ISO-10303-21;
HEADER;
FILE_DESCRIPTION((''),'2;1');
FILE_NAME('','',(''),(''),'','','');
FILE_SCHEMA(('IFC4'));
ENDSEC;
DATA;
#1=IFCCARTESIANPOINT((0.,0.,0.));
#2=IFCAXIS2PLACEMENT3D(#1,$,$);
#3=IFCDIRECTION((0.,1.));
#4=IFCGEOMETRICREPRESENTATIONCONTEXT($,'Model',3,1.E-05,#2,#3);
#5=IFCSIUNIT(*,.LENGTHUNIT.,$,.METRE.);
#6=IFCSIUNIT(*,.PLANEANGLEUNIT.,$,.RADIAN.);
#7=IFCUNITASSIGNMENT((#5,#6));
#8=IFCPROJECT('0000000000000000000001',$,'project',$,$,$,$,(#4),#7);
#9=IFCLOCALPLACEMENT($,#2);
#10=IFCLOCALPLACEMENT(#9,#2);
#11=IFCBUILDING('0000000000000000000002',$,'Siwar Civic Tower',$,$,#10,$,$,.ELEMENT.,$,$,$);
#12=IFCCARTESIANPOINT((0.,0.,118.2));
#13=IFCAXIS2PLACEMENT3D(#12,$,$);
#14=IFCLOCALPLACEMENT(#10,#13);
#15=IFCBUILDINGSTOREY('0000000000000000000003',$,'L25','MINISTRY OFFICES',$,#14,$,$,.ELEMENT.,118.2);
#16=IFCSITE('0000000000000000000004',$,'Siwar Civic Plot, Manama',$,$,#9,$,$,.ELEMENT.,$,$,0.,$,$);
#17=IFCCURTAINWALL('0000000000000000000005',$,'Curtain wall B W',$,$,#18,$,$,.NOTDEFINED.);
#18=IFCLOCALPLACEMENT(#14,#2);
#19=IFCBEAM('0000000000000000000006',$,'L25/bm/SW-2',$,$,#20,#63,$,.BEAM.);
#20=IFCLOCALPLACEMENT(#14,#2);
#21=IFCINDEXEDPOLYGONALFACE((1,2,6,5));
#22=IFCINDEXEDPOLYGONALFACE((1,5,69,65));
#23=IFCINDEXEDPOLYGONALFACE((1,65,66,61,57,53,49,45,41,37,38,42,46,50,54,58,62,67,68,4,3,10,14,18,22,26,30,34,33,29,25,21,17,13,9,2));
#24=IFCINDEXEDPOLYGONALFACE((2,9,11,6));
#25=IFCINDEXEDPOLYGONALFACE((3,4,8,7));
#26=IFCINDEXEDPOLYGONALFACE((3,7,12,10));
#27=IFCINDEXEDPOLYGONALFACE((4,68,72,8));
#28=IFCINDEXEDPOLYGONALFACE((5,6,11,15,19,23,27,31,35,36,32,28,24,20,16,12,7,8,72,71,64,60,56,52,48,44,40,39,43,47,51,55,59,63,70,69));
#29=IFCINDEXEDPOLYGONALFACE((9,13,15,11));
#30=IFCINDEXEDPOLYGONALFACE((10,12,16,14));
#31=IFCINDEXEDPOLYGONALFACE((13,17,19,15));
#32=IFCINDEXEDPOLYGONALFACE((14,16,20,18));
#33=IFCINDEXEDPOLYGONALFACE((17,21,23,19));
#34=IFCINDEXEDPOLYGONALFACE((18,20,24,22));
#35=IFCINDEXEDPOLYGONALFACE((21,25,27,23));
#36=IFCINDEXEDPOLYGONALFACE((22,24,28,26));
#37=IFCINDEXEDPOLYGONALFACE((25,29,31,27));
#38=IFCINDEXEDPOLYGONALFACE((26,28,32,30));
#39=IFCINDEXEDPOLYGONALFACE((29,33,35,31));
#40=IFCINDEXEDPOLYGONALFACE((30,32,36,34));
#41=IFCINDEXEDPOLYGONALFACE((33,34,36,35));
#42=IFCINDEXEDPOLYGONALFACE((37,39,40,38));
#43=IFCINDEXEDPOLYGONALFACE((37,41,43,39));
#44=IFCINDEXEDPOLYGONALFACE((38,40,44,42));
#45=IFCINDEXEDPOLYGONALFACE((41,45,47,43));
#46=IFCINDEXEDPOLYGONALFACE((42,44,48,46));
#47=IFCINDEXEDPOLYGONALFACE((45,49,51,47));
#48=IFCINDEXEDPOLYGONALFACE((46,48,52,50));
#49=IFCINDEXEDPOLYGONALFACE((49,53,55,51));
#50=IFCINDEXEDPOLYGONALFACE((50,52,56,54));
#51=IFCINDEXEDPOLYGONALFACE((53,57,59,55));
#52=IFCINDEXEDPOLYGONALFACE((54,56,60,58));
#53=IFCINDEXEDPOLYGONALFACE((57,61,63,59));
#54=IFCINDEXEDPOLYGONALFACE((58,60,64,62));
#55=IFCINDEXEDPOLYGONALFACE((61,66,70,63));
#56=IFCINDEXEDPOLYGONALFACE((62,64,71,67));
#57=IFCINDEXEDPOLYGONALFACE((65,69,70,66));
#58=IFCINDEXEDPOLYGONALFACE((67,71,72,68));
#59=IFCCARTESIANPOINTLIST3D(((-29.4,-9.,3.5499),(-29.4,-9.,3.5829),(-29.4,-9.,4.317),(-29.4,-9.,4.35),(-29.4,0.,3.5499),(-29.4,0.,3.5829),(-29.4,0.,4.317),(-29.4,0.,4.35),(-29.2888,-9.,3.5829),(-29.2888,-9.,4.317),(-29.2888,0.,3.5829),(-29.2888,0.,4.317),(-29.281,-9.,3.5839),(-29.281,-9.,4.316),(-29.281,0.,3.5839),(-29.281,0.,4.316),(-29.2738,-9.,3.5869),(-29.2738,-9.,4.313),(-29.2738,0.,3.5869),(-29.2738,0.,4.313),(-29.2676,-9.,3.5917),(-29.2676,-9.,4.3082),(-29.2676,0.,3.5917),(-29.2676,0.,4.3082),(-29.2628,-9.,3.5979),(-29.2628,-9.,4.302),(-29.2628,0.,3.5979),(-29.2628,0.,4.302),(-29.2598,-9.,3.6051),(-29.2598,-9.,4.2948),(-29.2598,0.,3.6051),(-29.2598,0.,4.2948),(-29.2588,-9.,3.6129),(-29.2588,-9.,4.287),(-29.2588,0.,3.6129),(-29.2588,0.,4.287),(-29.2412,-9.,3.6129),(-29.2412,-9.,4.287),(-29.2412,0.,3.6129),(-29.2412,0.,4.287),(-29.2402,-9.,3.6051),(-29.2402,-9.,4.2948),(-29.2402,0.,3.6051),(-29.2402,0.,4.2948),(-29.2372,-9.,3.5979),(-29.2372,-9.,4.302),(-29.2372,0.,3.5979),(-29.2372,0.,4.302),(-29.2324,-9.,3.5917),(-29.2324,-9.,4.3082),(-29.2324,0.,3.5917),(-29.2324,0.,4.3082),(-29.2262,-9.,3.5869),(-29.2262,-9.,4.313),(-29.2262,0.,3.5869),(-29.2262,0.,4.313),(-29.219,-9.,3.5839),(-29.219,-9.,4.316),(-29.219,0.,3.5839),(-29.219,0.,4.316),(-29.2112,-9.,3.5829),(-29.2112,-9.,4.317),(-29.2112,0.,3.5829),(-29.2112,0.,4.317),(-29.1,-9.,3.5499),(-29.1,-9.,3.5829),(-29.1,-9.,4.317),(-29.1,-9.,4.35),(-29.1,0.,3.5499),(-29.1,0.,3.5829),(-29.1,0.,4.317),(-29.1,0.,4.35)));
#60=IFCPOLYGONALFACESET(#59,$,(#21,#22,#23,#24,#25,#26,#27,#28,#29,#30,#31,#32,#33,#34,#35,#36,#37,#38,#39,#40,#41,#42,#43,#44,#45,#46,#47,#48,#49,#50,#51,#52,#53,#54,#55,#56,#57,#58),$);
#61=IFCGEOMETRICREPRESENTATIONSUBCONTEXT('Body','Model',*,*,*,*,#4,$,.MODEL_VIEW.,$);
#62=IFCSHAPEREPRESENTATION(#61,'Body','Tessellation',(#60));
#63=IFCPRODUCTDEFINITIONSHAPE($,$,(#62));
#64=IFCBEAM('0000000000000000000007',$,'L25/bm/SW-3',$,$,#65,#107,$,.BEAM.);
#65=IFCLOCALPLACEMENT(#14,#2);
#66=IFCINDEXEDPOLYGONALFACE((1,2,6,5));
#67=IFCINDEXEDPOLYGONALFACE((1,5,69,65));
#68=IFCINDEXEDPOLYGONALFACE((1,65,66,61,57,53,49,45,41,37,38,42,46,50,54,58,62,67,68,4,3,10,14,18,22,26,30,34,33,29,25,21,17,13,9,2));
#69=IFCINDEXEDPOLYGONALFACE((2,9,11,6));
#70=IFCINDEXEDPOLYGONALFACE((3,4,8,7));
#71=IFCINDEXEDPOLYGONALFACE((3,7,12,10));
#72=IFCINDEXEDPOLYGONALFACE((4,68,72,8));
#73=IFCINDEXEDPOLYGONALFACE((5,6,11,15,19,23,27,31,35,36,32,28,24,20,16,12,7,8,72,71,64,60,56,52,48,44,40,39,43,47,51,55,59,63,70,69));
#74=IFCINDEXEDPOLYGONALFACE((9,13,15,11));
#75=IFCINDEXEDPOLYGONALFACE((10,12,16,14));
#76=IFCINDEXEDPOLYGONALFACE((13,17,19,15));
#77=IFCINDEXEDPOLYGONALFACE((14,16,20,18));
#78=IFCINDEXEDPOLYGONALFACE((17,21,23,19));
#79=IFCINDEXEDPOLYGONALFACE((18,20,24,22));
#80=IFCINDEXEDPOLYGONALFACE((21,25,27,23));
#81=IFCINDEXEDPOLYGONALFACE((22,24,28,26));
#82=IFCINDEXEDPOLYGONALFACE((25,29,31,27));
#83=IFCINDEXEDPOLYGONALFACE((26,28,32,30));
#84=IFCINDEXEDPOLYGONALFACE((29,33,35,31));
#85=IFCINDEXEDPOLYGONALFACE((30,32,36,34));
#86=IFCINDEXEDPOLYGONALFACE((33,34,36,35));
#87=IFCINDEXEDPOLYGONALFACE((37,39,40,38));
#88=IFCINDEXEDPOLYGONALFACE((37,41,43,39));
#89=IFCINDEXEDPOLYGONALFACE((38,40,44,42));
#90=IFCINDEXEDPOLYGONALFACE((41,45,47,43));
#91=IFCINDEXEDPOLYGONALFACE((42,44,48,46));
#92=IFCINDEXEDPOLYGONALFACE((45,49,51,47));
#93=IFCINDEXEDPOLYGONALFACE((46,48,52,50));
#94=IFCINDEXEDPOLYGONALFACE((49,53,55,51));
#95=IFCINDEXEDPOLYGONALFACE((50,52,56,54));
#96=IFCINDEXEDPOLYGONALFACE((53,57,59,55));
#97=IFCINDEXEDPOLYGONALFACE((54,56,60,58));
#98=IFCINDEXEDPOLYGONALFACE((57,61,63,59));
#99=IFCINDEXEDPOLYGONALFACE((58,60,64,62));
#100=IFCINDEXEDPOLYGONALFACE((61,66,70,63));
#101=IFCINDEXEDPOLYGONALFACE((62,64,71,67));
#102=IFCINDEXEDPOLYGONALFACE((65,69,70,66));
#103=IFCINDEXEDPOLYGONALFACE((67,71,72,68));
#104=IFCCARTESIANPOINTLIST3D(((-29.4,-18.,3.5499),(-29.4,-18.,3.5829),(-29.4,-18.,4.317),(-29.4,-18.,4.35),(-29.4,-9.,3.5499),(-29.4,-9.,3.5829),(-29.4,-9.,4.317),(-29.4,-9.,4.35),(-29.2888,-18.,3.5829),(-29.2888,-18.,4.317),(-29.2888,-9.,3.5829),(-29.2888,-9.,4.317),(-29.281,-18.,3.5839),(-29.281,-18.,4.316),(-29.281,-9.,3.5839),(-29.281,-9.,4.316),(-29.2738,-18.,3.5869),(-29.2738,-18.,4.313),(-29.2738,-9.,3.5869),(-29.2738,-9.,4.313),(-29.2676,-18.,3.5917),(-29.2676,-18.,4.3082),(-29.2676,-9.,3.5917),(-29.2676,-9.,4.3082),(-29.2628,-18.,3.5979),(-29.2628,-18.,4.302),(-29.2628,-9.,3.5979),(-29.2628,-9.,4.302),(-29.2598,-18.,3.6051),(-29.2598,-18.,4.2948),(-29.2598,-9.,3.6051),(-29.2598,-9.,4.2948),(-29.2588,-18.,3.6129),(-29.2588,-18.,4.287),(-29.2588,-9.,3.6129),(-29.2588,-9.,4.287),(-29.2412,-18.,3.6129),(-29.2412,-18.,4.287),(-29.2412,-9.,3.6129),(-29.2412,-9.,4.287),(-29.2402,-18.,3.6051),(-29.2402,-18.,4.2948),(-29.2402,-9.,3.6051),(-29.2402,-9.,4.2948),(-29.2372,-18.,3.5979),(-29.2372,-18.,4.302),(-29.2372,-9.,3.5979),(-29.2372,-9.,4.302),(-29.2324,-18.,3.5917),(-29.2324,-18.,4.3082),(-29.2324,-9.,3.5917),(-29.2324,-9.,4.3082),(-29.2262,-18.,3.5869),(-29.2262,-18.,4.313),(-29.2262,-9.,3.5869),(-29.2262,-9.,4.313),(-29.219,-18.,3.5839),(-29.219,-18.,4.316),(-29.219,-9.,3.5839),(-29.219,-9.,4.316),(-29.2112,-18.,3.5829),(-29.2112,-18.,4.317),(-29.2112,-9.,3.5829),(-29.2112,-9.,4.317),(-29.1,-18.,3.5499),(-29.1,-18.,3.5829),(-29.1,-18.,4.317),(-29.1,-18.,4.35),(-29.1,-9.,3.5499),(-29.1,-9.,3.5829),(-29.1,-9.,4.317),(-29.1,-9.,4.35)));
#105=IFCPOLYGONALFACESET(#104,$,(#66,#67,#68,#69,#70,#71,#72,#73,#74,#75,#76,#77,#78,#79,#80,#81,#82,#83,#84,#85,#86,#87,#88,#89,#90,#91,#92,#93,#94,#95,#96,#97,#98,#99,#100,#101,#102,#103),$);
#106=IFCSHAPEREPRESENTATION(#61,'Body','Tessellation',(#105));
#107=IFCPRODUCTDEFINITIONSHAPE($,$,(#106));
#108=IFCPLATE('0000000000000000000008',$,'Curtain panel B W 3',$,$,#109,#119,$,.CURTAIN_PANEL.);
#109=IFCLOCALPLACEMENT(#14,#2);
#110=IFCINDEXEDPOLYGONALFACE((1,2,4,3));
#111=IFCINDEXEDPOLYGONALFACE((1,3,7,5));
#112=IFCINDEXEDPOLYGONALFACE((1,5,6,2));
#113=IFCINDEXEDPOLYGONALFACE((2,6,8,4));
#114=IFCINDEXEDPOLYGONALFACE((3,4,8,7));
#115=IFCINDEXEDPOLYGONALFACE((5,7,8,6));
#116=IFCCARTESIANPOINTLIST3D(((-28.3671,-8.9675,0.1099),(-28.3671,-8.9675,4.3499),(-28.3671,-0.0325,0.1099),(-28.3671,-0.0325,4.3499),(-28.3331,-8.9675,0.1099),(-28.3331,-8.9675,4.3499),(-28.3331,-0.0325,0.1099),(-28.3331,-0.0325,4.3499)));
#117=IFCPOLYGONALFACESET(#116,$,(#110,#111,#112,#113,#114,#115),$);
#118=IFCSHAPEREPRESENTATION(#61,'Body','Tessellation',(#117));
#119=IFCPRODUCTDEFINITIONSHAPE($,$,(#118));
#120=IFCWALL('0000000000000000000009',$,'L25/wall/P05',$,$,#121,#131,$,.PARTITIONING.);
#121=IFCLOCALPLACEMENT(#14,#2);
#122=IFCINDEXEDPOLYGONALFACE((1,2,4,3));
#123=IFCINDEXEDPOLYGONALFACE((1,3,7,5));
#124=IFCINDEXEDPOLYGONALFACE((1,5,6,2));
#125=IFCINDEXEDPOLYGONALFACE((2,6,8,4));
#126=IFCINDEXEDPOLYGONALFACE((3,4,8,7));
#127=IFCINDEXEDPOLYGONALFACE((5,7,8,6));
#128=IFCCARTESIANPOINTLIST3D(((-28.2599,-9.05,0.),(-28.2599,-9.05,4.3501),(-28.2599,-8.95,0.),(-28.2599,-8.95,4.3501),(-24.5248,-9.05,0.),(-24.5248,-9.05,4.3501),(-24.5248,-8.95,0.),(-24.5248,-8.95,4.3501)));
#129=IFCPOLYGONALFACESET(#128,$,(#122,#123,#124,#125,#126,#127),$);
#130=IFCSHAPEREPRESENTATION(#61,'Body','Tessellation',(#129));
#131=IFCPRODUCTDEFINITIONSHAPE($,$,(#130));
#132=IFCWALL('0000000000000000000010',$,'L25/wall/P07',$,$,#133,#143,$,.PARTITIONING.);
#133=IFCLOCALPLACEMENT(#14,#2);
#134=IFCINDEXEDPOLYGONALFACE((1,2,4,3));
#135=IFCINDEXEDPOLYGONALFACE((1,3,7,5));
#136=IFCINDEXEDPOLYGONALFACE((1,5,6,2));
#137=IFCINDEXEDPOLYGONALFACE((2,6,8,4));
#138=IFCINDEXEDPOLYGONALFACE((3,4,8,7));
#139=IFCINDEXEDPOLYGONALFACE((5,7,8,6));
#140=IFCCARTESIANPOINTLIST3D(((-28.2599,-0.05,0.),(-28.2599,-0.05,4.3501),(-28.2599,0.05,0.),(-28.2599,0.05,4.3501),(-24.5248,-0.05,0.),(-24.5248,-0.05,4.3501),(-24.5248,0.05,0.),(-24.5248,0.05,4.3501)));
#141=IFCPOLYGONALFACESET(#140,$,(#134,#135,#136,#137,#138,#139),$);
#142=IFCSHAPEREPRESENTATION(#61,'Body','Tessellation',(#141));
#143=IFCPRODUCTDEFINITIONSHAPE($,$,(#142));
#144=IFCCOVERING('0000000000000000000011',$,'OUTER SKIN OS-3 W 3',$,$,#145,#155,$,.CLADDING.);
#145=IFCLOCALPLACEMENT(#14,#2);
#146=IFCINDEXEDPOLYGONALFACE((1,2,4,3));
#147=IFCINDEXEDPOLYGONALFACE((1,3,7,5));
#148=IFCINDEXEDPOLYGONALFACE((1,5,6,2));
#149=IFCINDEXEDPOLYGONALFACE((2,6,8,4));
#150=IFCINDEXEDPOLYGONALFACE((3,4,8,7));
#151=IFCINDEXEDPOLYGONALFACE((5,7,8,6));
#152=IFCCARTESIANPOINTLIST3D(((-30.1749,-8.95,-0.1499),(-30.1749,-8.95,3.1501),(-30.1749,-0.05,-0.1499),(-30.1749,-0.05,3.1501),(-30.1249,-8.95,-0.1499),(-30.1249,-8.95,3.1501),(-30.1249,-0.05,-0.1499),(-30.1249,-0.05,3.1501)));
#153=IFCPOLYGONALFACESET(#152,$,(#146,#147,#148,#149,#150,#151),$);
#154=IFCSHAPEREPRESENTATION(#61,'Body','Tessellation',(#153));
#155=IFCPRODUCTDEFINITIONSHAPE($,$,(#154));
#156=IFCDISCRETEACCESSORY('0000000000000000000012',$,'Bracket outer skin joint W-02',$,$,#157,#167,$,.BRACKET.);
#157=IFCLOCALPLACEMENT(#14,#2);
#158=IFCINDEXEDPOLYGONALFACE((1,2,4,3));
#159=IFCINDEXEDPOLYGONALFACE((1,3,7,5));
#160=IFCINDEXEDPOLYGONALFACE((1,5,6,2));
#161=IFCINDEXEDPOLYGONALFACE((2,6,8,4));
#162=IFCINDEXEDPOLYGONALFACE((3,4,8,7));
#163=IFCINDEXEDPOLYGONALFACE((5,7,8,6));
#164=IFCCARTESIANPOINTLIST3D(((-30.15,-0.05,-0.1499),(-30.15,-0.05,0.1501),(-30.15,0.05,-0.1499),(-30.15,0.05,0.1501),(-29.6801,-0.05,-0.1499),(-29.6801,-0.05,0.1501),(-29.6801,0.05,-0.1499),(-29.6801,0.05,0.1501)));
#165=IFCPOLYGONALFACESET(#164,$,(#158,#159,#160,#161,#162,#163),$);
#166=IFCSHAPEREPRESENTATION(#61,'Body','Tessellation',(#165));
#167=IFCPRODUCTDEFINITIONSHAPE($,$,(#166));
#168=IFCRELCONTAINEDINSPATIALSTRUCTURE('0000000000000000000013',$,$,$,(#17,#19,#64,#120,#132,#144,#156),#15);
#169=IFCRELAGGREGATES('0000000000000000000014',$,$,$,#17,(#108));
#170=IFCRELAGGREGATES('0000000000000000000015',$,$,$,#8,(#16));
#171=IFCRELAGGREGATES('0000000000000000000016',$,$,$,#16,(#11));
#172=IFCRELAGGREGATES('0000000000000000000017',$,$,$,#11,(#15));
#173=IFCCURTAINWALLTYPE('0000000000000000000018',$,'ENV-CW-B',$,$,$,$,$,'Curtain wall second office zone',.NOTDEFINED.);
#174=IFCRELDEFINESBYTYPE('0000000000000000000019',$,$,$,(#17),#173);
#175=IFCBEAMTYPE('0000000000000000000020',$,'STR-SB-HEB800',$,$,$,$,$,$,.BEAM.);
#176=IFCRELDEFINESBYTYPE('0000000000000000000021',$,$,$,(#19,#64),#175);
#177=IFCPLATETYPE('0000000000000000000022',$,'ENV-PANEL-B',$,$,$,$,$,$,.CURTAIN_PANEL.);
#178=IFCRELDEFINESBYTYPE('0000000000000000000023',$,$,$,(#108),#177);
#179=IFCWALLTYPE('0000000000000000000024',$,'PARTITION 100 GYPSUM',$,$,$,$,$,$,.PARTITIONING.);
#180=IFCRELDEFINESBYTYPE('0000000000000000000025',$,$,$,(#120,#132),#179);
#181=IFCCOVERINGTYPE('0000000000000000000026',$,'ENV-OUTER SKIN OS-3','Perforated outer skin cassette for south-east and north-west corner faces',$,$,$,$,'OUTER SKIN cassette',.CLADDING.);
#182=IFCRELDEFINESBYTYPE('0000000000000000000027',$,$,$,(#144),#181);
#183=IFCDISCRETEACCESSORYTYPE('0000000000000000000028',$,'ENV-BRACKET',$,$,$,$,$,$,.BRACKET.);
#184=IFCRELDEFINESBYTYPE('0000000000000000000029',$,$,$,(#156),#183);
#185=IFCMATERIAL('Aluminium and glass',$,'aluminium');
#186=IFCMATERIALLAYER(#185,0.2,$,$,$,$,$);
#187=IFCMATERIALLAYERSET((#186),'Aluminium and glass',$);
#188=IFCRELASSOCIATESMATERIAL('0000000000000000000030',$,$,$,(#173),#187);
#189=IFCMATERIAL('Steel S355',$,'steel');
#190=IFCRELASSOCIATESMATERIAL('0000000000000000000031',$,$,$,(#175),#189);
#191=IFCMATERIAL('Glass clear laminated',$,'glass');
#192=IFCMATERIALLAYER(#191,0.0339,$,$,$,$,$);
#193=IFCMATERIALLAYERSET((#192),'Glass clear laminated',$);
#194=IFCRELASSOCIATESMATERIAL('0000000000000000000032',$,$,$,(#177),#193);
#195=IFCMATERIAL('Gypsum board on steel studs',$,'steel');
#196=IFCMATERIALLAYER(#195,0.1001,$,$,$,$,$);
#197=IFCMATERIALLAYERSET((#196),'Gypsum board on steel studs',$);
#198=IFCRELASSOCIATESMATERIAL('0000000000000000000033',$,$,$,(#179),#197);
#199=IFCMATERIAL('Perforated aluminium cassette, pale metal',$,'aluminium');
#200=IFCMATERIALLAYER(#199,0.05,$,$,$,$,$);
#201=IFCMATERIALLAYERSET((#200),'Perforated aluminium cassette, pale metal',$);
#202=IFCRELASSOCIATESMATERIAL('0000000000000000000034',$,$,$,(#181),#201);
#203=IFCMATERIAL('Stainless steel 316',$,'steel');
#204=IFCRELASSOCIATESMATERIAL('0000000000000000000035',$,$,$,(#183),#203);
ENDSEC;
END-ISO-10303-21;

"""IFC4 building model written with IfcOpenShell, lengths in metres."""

from ifc_helpers import new_model, si_unit, direction, frame, frame_2d, origin, origin_2d, place, context, subcontext, project, spatial, rectangle, i_section, extrude, material, layer, layer_set, material_profile, profile_set, type_object, element, aggregate, save


model = new_model("IFC4")

# Units and contexts
model_context = context("Model", 3, precision=1e-05, world=origin(), true_north=direction((0.0, 1.0)))
body_context = subcontext(model_context, "Body", "Model", "MODEL_VIEW")
ifc_project = project(units=[si_unit("LENGTHUNIT", "METRE"), si_unit("PLANEANGLEUNIT", "RADIAN")], contexts=[model_context])

# Site, building, storey
site_placement = place(None, origin())
site = spatial("IfcSite", under=ifc_project, at=site_placement, Name="Siwar Civic Plot, Manama", CompositionType="ELEMENT", RefElevation=0.0)
building_placement = place(site_placement, origin())
building = spatial("IfcBuilding", under=site, at=building_placement, Name="Siwar Civic Tower", CompositionType="ELEMENT")
storey_placement = place(building_placement, frame((0.0, 0.0, 118.2)))
storey = spatial("IfcBuildingStorey", under=building, at=storey_placement, Name="L25", Description="MINISTRY OFFICES", CompositionType="ELEMENT", Elevation=118.2)

# Curtain wall
ifc_material_1 = material(Name="Aluminium and glass", Category="aluminium")
ifc_layer_1 = layer(ifc_material_1, 0.2)
ifc_layer_set_1 = layer_set([ifc_layer_1], Name="Aluminium and glass")
curtain_wall_type = type_object("IfcCurtainWallType", Name="ENV-CW-B", ElementType="Curtain wall second office zone", PredefinedType="NOTDEFINED", material=ifc_layer_set_1)
curtain_wall_placement = place(storey_placement, origin())
curtain_wall = element("IfcCurtainWall", 1, at=curtain_wall_placement, inside=storey, type_object=curtain_wall_type, Name="Curtain wall B W", PredefinedType="NOTDEFINED")

# Beams
ifc_material_2 = material(Name="Steel S355", Category="steel")
ifc_material_profile_1 = material_profile(ifc_material_2, i_section(OverallWidth=0.3, OverallDepth=0.8, WebThickness=0.0176, FlangeThickness=0.033, FilletRadius=0.03, at=origin_2d()), Name="HEB800")
ifc_profile_set_1 = profile_set([ifc_material_profile_1], Name="Steel S355")
beam_type_1 = type_object("IfcBeamType", Name="STR-SB-HEB800", PredefinedType="BEAM", material=ifc_profile_set_1)
for number, where, z_axis, x_axis, name in (
    (2, (-29.25, 0.0, 3.95), (0.0, -1.0, 0.0), (1.0, 0.0, 0.0), "L25/bm/SW-2"),
    (3, (-29.25, -9.0, 3.95), (0.0, -1.0, 0.0), (1.0, 0.0, 0.0), "L25/bm/SW-3"),
):
    element("IfcBeam", number, at=place(storey_placement, frame(where, z_axis=z_axis, x_axis=x_axis)), inside=storey, type_object=beam_type_1, Name=name, PredefinedType="BEAM", context=body_context, shape_type="SweptSolid", body=[
        extrude(i_section(OverallWidth=0.3, OverallDepth=0.8, WebThickness=0.0176, FlangeThickness=0.033, FilletRadius=0.03, at=origin_2d()), origin(), (0.0, 0.0, 1.0), 9.0),
    ])

# Plate
ifc_material_3 = material(Name="Glass clear laminated", Category="glass")
ifc_layer_2 = layer(ifc_material_3, 0.0339)
ifc_layer_set_2 = layer_set([ifc_layer_2], Name="Glass clear laminated")
plate_type = type_object("IfcPlateType", Name="ENV-PANEL-B", PredefinedType="CURTAIN_PANEL", material=ifc_layer_set_2)
plate_placement = place(storey_placement, frame((-28.3501, -4.5, 0.1099), z_axis=(0.0, 0.0, 1.0), x_axis=(0.0, -1.0, 0.0)))
plate = element("IfcPlate", 4, at=plate_placement, type_object=plate_type, Name="Curtain panel B W 3", PredefinedType="CURTAIN_PANEL", context=body_context, shape_type="SweptSolid", body=[
    extrude(rectangle(XDim=8.9351, YDim=0.0339, at=origin_2d()), origin(), (0.0, 0.0, 1.0), 4.24),
])
aggregate(curtain_wall, [plate])

# Walls
ifc_material_4 = material(Name="Gypsum board on steel studs", Category="steel")
ifc_layer_3 = layer(ifc_material_4, 0.1001)
ifc_layer_set_3 = layer_set([ifc_layer_3], Name="Gypsum board on steel studs")
wall_type = type_object("IfcWallType", Name="PARTITION 100 GYPSUM", PredefinedType="PARTITIONING", material=ifc_layer_set_3)
for number, where, z_axis, x_axis, name in (
    (5, (-28.26, -9.0, 0.0), (0.0, 0.0, 1.0), (1.0, 0.0, 0.0), "L25/wall/P05"),
    (6, (-28.26, 0.0, 0.0), (0.0, 0.0, 1.0), (1.0, 0.0, 0.0), "L25/wall/P07"),
):
    element("IfcWall", number, at=place(storey_placement, frame(where, z_axis=z_axis, x_axis=x_axis)), inside=storey, type_object=wall_type, Name=name, PredefinedType="PARTITIONING", context=body_context, shape_type="SweptSolid", body=[
        extrude(rectangle(XDim=3.7351, YDim=0.1001, at=frame_2d((1.8677, 0.0))), origin(), (0.0, 0.0, 1.0), 4.3501),
    ])

# Covering
ifc_material_5 = material(Name="Perforated aluminium cassette, pale metal", Category="aluminium")
ifc_layer_4 = layer(ifc_material_5, 0.05)
ifc_layer_set_4 = layer_set([ifc_layer_4], Name="Perforated aluminium cassette, pale metal")
covering_type = type_object("IfcCoveringType", Name="ENV-OUTER SKIN OS-3", Description="Perforated outer skin cassette for south-east and north-west corner faces", ElementType="OUTER SKIN cassette", PredefinedType="CLADDING", material=ifc_layer_set_4)
covering_placement = place(storey_placement, frame((-30.1499, -4.5, -0.1499), z_axis=(0.0, 0.0, 1.0), x_axis=(0.0, -1.0, 0.0)))
element("IfcCovering", 7, at=covering_placement, inside=storey, type_object=covering_type, Name="OUTER SKIN OS-3 W 3", PredefinedType="CLADDING", context=body_context, shape_type="SweptSolid", body=[
    extrude(rectangle(XDim=8.8999, YDim=0.05, at=origin_2d()), origin(), (0.0, 0.0, 1.0), 3.3),
])

# Discrete accessory
ifc_material_6 = material(Name="Stainless steel 316", Category="steel")
discrete_accessory_type = type_object("IfcDiscreteAccessoryType", Name="ENV-BRACKET", PredefinedType="BRACKET", material=ifc_material_6)
discrete_accessory_placement = place(storey_placement, frame((-29.915, 0.0, -0.1499), z_axis=(0.0, 0.0, 1.0), x_axis=(-1.0, 0.0, 0.0)))
element("IfcDiscreteAccessory", 8, at=discrete_accessory_placement, inside=storey, type_object=discrete_accessory_type, Name="Bracket outer skin joint W-02", PredefinedType="BRACKET", context=body_context, shape_type="SweptSolid", body=[
    extrude(rectangle(XDim=0.47, YDim=0.1001, at=origin_2d()), origin(), (0.0, 0.0, 1.0), 0.3),
])

save(model, "model.ifc")
